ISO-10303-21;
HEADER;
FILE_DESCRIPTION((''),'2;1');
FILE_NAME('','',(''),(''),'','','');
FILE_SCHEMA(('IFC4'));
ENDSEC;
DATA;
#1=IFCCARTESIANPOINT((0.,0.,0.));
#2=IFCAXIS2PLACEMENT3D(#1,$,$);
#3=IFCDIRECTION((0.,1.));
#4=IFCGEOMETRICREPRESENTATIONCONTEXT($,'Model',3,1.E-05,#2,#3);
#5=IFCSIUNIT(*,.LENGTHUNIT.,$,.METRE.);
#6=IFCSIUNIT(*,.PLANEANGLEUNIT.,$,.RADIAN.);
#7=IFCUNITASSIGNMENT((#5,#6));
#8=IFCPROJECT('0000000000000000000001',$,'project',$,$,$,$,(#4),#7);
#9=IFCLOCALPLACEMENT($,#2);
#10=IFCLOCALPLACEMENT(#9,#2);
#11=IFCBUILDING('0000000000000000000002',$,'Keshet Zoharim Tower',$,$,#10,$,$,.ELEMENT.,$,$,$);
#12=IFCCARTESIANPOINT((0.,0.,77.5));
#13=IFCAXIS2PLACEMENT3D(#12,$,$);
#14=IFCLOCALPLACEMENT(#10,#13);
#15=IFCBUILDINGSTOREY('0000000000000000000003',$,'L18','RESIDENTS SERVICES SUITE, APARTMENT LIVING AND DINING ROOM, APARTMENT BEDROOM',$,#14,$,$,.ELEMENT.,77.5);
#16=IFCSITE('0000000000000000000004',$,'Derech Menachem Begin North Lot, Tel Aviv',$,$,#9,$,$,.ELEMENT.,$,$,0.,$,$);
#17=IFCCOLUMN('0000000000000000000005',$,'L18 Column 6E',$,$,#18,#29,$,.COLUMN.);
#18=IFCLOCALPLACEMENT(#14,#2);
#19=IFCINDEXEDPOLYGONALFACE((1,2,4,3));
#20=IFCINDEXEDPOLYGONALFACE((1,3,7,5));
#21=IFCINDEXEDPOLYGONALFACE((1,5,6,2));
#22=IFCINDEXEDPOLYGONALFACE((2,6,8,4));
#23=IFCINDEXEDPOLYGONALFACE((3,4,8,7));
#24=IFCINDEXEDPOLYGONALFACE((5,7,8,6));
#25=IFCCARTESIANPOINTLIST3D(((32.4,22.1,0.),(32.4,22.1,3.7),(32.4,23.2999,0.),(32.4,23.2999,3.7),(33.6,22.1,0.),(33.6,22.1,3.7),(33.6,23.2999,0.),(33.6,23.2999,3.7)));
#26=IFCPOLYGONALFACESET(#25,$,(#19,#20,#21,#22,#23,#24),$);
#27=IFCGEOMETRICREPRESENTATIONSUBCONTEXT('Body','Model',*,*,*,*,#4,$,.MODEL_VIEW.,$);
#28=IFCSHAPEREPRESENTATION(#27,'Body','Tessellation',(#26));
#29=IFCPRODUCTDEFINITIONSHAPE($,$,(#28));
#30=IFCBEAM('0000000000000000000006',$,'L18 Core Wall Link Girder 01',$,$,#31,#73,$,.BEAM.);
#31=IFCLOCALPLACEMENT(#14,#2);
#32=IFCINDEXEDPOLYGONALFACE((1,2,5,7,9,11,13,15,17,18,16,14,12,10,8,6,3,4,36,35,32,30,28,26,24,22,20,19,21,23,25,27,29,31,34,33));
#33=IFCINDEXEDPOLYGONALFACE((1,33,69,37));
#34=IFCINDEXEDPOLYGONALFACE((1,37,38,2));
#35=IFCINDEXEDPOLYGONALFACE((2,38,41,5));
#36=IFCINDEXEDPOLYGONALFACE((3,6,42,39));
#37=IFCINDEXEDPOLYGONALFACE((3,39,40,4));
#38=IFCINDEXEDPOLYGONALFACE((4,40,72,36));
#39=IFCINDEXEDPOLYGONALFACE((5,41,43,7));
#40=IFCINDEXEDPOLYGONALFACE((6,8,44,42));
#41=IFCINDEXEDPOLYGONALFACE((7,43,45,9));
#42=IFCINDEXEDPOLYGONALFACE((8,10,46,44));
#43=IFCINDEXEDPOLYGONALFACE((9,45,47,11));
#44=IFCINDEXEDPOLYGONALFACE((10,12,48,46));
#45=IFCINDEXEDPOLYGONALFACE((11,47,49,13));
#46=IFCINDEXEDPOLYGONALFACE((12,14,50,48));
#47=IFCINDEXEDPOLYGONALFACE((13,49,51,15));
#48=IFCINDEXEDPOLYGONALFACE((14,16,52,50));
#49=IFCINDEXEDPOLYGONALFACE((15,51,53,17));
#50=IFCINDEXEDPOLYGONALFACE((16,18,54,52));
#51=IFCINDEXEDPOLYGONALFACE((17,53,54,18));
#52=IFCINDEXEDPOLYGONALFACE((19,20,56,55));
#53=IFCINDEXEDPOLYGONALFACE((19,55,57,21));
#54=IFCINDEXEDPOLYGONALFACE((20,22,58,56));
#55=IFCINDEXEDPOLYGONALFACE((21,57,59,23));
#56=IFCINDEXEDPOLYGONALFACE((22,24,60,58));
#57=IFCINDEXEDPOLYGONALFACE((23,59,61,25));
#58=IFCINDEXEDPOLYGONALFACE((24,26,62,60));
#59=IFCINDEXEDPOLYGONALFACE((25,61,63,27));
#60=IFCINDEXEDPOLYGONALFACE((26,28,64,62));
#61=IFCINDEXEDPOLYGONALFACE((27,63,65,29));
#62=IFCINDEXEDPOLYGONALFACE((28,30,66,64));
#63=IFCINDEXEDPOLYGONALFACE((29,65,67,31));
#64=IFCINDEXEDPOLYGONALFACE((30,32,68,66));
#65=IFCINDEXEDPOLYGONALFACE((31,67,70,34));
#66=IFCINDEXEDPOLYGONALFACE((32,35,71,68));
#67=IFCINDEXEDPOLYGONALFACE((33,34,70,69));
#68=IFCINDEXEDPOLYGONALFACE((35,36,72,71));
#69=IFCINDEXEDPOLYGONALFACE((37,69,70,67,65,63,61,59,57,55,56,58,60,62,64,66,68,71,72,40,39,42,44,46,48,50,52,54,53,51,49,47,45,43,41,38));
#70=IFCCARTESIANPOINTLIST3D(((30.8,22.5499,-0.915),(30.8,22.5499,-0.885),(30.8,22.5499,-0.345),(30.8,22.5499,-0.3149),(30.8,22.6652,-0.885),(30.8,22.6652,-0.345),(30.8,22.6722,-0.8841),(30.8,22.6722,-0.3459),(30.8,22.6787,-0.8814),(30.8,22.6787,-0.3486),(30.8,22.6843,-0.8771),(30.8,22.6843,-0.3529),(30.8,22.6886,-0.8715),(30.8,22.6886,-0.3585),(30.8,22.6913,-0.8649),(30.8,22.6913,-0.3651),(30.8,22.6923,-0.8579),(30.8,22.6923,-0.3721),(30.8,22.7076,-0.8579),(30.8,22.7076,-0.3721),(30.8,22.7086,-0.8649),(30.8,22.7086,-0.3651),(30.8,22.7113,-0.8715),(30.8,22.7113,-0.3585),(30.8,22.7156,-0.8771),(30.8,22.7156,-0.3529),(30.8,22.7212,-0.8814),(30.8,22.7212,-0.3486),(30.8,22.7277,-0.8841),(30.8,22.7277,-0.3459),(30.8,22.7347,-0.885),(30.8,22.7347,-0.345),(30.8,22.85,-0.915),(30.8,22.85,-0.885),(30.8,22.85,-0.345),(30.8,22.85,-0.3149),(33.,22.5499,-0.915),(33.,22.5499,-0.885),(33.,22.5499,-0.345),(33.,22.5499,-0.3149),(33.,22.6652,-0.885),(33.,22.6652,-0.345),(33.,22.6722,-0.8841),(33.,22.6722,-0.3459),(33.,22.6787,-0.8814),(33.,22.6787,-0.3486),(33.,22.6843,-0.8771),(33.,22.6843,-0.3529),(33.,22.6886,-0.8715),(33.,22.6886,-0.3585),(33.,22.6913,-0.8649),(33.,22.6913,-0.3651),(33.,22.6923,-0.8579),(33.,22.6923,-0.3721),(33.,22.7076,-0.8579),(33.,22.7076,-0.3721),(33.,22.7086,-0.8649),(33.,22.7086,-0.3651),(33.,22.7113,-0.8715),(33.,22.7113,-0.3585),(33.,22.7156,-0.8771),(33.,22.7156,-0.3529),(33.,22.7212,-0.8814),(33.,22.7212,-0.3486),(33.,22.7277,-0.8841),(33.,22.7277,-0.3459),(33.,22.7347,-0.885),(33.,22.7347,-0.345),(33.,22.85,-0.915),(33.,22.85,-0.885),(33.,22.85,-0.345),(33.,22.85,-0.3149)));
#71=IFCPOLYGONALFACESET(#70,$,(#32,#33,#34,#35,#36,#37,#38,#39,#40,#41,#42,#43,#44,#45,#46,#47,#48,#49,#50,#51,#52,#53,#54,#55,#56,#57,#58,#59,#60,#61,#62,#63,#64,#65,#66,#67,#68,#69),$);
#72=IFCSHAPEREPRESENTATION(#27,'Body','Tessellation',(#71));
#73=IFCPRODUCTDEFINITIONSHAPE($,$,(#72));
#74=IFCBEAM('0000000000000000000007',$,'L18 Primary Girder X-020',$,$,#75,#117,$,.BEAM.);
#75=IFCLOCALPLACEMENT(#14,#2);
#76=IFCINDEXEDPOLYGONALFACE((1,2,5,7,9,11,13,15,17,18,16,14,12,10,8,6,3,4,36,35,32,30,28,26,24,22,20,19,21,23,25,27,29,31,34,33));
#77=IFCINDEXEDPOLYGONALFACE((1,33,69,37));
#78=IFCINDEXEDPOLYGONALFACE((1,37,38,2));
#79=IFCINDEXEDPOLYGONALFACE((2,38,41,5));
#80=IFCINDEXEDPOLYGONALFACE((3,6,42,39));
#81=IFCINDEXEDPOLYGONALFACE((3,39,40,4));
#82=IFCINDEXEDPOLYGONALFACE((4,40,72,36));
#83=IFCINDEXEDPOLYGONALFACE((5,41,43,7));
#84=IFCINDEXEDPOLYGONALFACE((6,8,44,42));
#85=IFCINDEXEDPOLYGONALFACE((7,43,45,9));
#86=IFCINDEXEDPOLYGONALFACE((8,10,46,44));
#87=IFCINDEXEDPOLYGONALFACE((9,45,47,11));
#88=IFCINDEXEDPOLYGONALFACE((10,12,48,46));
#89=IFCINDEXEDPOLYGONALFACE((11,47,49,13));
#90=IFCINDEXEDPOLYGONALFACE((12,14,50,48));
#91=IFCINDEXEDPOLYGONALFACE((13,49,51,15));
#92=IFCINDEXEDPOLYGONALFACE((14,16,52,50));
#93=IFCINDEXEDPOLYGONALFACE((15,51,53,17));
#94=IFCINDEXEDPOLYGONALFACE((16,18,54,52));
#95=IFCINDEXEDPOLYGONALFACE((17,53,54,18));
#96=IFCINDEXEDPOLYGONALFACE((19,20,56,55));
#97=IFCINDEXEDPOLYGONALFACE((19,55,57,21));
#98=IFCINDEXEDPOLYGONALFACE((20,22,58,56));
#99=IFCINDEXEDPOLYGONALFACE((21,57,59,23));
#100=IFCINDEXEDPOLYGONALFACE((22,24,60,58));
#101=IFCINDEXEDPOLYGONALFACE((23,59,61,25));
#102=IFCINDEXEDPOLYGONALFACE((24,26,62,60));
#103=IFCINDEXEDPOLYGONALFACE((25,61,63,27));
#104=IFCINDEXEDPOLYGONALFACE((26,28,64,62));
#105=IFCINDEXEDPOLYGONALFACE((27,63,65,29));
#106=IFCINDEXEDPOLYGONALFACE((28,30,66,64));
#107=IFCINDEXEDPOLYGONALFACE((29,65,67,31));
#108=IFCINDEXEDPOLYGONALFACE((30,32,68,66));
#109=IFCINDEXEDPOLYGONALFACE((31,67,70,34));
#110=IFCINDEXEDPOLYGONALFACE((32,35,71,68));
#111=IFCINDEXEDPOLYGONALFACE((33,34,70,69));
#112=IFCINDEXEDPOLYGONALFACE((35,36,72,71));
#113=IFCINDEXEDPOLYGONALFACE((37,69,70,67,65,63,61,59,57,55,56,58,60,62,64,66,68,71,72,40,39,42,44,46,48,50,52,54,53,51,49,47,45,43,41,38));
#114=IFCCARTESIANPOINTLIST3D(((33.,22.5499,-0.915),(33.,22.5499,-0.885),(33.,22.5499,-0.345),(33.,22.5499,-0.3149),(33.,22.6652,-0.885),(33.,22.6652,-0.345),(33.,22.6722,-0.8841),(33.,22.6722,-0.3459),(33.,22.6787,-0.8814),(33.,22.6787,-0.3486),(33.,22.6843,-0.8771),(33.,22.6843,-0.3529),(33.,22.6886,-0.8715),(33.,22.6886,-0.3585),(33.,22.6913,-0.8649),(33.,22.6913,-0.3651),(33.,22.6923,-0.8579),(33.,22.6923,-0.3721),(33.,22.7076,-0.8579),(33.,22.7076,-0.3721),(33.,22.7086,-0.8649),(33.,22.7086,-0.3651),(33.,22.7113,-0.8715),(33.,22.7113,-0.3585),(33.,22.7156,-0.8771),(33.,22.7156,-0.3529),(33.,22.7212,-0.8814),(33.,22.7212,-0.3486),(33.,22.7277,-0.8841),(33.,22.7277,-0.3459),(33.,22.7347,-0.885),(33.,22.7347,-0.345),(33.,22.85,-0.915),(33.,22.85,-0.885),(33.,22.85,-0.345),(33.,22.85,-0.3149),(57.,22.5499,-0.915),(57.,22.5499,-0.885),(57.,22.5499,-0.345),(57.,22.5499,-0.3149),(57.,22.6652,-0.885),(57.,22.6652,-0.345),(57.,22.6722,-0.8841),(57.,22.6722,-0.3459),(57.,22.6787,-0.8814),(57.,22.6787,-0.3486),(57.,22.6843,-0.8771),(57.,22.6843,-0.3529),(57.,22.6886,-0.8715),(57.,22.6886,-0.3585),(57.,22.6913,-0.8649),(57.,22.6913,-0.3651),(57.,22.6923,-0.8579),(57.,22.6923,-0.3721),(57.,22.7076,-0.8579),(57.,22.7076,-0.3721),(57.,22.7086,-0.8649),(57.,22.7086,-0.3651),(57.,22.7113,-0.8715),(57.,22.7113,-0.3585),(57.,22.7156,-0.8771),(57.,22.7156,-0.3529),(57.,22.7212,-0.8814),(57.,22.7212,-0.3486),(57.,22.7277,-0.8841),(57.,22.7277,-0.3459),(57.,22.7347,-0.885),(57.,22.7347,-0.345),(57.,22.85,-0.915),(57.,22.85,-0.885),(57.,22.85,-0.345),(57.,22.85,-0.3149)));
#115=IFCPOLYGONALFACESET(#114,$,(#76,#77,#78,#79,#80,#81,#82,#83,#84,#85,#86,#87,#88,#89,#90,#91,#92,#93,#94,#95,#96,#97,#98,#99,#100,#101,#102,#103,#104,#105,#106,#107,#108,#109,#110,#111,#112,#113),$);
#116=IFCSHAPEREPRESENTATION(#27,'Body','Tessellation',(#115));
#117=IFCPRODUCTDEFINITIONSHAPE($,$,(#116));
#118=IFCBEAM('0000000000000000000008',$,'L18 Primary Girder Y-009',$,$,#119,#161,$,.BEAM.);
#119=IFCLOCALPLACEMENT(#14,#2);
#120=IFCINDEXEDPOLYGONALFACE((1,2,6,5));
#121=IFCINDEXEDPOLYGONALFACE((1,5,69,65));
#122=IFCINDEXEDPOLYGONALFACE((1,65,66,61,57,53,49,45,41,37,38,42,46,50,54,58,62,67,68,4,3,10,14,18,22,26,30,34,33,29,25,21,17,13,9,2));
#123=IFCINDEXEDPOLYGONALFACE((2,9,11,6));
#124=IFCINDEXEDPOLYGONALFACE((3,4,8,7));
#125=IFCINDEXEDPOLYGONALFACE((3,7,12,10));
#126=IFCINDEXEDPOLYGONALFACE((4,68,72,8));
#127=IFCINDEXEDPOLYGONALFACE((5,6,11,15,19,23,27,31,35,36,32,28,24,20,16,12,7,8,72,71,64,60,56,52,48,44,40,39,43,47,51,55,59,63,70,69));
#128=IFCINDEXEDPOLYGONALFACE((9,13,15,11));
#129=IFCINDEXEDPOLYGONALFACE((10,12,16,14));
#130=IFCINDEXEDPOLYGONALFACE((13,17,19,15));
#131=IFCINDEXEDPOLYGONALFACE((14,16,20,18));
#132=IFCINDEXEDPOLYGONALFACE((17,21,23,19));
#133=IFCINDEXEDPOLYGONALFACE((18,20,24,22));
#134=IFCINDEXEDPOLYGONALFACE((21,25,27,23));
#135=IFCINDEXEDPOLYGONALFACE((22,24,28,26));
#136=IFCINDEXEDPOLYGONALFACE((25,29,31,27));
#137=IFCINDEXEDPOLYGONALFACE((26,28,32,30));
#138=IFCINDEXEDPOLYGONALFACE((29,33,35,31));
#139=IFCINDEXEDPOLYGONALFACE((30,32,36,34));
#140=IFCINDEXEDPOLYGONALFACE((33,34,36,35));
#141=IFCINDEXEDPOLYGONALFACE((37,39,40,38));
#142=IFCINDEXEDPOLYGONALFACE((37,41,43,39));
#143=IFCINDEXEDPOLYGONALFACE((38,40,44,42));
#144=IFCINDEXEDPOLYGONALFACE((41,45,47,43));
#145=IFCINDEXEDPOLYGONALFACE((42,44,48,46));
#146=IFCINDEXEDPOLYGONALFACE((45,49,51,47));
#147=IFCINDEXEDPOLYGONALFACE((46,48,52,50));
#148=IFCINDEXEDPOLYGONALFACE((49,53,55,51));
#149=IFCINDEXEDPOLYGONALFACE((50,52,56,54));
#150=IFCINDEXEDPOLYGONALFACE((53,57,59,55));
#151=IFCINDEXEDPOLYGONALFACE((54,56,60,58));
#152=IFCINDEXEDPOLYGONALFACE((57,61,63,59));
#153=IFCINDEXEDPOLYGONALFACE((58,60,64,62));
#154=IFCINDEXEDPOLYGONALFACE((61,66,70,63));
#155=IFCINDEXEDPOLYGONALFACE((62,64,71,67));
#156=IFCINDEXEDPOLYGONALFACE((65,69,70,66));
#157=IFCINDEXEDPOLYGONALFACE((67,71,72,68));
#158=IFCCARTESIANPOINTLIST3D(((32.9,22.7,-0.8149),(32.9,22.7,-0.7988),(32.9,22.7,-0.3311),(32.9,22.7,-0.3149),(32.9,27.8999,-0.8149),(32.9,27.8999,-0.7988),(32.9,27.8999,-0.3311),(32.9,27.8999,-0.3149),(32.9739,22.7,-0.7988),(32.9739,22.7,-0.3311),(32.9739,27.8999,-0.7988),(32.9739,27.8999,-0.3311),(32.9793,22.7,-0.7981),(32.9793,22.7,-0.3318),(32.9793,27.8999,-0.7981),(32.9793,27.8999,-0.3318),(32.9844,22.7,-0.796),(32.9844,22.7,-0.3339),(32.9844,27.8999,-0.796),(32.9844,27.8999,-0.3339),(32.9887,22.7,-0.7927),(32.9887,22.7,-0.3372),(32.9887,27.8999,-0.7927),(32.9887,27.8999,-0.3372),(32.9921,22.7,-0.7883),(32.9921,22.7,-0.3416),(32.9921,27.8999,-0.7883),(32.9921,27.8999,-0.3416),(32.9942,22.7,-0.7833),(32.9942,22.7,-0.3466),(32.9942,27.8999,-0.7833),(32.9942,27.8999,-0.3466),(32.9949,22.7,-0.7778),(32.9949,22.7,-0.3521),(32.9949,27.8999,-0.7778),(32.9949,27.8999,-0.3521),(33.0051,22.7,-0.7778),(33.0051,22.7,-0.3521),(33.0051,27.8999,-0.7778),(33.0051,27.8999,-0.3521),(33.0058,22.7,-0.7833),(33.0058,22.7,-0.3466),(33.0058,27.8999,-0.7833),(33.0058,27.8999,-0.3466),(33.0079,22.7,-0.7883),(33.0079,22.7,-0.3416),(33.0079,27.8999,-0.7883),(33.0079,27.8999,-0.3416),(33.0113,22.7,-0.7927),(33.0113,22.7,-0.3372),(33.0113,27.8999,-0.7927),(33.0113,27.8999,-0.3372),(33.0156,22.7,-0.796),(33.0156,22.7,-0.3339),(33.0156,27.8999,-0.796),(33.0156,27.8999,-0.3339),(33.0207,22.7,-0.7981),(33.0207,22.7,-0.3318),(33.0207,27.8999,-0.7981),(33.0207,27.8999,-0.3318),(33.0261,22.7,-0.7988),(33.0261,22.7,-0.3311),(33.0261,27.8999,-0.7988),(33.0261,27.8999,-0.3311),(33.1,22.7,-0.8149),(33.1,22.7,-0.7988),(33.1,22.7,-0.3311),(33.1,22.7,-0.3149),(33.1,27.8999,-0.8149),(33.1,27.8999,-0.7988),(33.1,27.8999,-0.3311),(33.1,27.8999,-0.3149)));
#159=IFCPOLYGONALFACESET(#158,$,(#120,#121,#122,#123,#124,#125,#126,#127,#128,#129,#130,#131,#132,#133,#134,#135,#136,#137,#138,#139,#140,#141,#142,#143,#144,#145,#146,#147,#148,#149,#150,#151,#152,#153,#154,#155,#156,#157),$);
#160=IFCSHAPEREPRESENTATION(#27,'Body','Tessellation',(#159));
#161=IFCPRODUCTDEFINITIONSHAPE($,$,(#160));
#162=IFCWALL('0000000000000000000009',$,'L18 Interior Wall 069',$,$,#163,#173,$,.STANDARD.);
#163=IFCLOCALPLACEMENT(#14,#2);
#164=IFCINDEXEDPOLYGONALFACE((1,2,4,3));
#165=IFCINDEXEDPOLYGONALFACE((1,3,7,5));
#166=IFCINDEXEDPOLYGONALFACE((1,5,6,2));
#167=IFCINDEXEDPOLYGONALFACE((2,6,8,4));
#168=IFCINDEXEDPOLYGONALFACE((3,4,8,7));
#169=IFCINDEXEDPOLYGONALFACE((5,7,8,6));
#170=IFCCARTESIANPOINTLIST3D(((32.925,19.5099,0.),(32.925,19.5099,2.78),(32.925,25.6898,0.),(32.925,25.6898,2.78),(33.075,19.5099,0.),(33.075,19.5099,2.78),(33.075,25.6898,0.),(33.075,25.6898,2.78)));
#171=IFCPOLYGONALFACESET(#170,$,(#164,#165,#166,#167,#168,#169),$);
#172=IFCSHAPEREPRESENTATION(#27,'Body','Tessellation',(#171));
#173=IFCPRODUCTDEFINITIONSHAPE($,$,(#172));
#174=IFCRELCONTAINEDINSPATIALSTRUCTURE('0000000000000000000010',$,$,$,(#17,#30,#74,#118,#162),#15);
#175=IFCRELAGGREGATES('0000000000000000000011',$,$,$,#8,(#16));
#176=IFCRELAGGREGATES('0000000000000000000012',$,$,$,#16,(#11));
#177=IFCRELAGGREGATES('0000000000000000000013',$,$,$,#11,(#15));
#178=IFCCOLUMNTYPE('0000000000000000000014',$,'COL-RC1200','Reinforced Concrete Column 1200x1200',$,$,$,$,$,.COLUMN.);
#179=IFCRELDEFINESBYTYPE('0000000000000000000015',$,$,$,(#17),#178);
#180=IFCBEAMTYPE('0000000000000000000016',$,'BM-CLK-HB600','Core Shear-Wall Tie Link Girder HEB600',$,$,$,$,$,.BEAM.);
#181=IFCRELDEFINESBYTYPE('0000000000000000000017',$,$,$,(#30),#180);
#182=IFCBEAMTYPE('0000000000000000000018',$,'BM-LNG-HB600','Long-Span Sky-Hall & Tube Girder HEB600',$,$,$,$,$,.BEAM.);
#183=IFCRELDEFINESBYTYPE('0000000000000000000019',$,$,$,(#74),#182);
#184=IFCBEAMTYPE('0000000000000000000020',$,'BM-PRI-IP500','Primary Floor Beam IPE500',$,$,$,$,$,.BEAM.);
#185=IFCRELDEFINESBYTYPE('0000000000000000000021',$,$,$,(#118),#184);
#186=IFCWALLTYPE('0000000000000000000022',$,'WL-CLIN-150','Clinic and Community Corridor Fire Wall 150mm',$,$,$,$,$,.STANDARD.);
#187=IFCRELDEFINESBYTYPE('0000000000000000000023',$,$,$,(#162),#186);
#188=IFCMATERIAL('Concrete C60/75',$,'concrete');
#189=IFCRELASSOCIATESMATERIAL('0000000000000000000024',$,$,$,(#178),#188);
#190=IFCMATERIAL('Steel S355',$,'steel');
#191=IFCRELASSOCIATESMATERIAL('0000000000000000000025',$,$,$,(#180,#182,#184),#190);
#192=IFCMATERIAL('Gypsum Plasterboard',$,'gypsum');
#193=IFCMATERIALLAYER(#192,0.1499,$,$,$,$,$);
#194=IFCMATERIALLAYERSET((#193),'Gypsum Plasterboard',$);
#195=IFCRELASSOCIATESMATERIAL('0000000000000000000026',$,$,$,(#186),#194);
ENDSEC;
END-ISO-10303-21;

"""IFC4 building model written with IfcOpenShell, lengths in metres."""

from ifc_helpers import new_model, si_unit, direction, frame, frame_2d, origin, origin_2d, place, context, subcontext, project, spatial, rectangle, i_section, extrude, material, layer, layer_set, material_profile, profile_set, type_object, element, save


model = new_model("IFC4")

# Units and contexts
model_context = context("Model", 3, precision=1e-05, world=origin(), true_north=direction((0.0, 1.0)))
body_context = subcontext(model_context, "Body", "Model", "MODEL_VIEW")
ifc_project = project(units=[si_unit("LENGTHUNIT", "METRE"), si_unit("PLANEANGLEUNIT", "RADIAN")], contexts=[model_context])

# Site, building, storey
site_placement = place(None, origin())
site = spatial("IfcSite", under=ifc_project, at=site_placement, Name="Derech Menachem Begin North Lot, Tel Aviv", CompositionType="ELEMENT", RefElevation=0.0)
building_placement = place(site_placement, origin())
building = spatial("IfcBuilding", under=site, at=building_placement, Name="Keshet Zoharim Tower", CompositionType="ELEMENT")
storey_placement = place(building_placement, frame((0.0, 0.0, 77.5)))
storey = spatial("IfcBuildingStorey", under=building, at=storey_placement, Name="L18", Description="RESIDENTS SERVICES SUITE, APARTMENT LIVING AND DINING ROOM, APARTMENT BEDROOM", CompositionType="ELEMENT", Elevation=77.5)

# Column
ifc_material_1 = material(Name="Concrete C60/75", Category="concrete")
ifc_material_profile_1 = material_profile(ifc_material_1, rectangle(XDim=1.2, YDim=1.2, at=origin_2d()), Name="RC1200x1200")
ifc_profile_set_1 = profile_set([ifc_material_profile_1], Name="Concrete C60/75")
column_type = type_object("IfcColumnType", Name="COL-RC1200", Description="Reinforced Concrete Column 1200x1200", PredefinedType="COLUMN", material=ifc_profile_set_1)
column_placement = place(storey_placement, frame((33.0, 22.7, 0.0), z_axis=(0.0, 0.0, 1.0), x_axis=(1.0, 0.0, 0.0)))
element("IfcColumn", 1, at=column_placement, inside=storey, type_object=column_type, Name="L18 Column 6E", PredefinedType="COLUMN", context=body_context, shape_type="SweptSolid", body=[
    extrude(rectangle(XDim=1.2, YDim=1.2, at=origin_2d()), origin(), (0.0, 0.0, 1.0), 3.7),
])

# Beams
ifc_material_2 = material(Name="Steel S355", Category="steel")
ifc_material_profile_2 = material_profile(ifc_material_2, i_section(OverallWidth=0.3, OverallDepth=0.6001, WebThickness=0.0154, FlangeThickness=0.03, FilletRadius=0.0271, at=origin_2d()), Name="HEB600")
ifc_profile_set_2 = profile_set([ifc_material_profile_2], Name="Steel S355")
beam_type_1 = type_object("IfcBeamType", Name="BM-CLK-HB600", Description="Core Shear-Wall Tie Link Girder HEB600", PredefinedType="BEAM", material=ifc_profile_set_2)
beam_1_placement = place(storey_placement, frame((30.8, 22.7, -0.615), z_axis=(1.0, 0.0, 0.0), x_axis=(0.0, 1.0, 0.0)))
element("IfcBeam", 2, at=beam_1_placement, inside=storey, type_object=beam_type_1, Name="L18 Core Wall Link Girder 01", PredefinedType="BEAM", context=body_context, shape_type="SweptSolid", body=[
    extrude(i_section(OverallWidth=0.3, OverallDepth=0.6001, WebThickness=0.0154, FlangeThickness=0.03, FilletRadius=0.0271, at=origin_2d()), origin(), (0.0, 0.0, 1.0), 2.2),
])
ifc_material_profile_3 = material_profile(ifc_material_2, i_section(OverallWidth=0.3, OverallDepth=0.6001, WebThickness=0.0154, FlangeThickness=0.03, FilletRadius=0.0271, at=origin_2d()), Name="HEB600")
ifc_profile_set_3 = profile_set([ifc_material_profile_3], Name="Steel S355")
beam_type_2 = type_object("IfcBeamType", Name="BM-LNG-HB600", Description="Long-Span Sky-Hall & Tube Girder HEB600", PredefinedType="BEAM", material=ifc_profile_set_3)
beam_2_placement = place(storey_placement, frame((33.0, 22.7, -0.615), z_axis=(1.0, 0.0, 0.0), x_axis=(0.0, 1.0, 0.0)))
element("IfcBeam", 3, at=beam_2_placement, inside=storey, type_object=beam_type_2, Name="L18 Primary Girder X-020", PredefinedType="BEAM", context=body_context, shape_type="SweptSolid", body=[
    extrude(i_section(OverallWidth=0.3, OverallDepth=0.6001, WebThickness=0.0154, FlangeThickness=0.03, FilletRadius=0.0271, at=origin_2d()), origin(), (0.0, 0.0, 1.0), 24.0),
])
ifc_material_profile_4 = material_profile(ifc_material_2, i_section(OverallWidth=0.2, OverallDepth=0.5, WebThickness=0.0103, FlangeThickness=0.0161, FilletRadius=0.021, at=origin_2d()), Name="IPE500")
ifc_profile_set_4 = profile_set([ifc_material_profile_4], Name="Steel S355")
beam_type_3 = type_object("IfcBeamType", Name="BM-PRI-IP500", Description="Primary Floor Beam IPE500", PredefinedType="BEAM", material=ifc_profile_set_4)
beam_3_placement = place(storey_placement, frame((33.0, 22.7, -0.5649), z_axis=(0.0, 1.0, 0.0), x_axis=(-1.0, 0.0, 0.0)))
element("IfcBeam", 4, at=beam_3_placement, inside=storey, type_object=beam_type_3, Name="L18 Primary Girder Y-009", PredefinedType="BEAM", context=body_context, shape_type="SweptSolid", body=[
    extrude(i_section(OverallWidth=0.2, OverallDepth=0.5, WebThickness=0.0103, FlangeThickness=0.0161, FilletRadius=0.021, at=origin_2d()), origin(), (0.0, 0.0, 1.0), 5.2),
])

# Wall
ifc_material_3 = material(Name="Gypsum Plasterboard", Category="gypsum")
ifc_layer_1 = layer(ifc_material_3, 0.1499)
ifc_layer_set_1 = layer_set([ifc_layer_1], Name="Gypsum Plasterboard")
wall_type_1 = type_object("IfcWallType", Name="WL-CLIN-150", Description="Clinic and Community Corridor Fire Wall 150mm", PredefinedType="STANDARD", material=ifc_layer_set_1)
wall_1_placement = place(storey_placement, frame((33.0, 19.51, 0.0), z_axis=(0.0, 0.0, 1.0), x_axis=(0.0, 1.0, 0.0)))
element("IfcWall", 5, at=wall_1_placement, inside=storey, type_object=wall_type_1, Name="L18 Interior Wall 069", PredefinedType="STANDARD", context=body_context, shape_type="SweptSolid", body=[
    extrude(rectangle(XDim=6.1799, YDim=0.1499, at=frame_2d((3.0898, 0.0))), origin(), (0.0, 0.0, 1.0), 2.78),
])

save(model, "model.ifc")
